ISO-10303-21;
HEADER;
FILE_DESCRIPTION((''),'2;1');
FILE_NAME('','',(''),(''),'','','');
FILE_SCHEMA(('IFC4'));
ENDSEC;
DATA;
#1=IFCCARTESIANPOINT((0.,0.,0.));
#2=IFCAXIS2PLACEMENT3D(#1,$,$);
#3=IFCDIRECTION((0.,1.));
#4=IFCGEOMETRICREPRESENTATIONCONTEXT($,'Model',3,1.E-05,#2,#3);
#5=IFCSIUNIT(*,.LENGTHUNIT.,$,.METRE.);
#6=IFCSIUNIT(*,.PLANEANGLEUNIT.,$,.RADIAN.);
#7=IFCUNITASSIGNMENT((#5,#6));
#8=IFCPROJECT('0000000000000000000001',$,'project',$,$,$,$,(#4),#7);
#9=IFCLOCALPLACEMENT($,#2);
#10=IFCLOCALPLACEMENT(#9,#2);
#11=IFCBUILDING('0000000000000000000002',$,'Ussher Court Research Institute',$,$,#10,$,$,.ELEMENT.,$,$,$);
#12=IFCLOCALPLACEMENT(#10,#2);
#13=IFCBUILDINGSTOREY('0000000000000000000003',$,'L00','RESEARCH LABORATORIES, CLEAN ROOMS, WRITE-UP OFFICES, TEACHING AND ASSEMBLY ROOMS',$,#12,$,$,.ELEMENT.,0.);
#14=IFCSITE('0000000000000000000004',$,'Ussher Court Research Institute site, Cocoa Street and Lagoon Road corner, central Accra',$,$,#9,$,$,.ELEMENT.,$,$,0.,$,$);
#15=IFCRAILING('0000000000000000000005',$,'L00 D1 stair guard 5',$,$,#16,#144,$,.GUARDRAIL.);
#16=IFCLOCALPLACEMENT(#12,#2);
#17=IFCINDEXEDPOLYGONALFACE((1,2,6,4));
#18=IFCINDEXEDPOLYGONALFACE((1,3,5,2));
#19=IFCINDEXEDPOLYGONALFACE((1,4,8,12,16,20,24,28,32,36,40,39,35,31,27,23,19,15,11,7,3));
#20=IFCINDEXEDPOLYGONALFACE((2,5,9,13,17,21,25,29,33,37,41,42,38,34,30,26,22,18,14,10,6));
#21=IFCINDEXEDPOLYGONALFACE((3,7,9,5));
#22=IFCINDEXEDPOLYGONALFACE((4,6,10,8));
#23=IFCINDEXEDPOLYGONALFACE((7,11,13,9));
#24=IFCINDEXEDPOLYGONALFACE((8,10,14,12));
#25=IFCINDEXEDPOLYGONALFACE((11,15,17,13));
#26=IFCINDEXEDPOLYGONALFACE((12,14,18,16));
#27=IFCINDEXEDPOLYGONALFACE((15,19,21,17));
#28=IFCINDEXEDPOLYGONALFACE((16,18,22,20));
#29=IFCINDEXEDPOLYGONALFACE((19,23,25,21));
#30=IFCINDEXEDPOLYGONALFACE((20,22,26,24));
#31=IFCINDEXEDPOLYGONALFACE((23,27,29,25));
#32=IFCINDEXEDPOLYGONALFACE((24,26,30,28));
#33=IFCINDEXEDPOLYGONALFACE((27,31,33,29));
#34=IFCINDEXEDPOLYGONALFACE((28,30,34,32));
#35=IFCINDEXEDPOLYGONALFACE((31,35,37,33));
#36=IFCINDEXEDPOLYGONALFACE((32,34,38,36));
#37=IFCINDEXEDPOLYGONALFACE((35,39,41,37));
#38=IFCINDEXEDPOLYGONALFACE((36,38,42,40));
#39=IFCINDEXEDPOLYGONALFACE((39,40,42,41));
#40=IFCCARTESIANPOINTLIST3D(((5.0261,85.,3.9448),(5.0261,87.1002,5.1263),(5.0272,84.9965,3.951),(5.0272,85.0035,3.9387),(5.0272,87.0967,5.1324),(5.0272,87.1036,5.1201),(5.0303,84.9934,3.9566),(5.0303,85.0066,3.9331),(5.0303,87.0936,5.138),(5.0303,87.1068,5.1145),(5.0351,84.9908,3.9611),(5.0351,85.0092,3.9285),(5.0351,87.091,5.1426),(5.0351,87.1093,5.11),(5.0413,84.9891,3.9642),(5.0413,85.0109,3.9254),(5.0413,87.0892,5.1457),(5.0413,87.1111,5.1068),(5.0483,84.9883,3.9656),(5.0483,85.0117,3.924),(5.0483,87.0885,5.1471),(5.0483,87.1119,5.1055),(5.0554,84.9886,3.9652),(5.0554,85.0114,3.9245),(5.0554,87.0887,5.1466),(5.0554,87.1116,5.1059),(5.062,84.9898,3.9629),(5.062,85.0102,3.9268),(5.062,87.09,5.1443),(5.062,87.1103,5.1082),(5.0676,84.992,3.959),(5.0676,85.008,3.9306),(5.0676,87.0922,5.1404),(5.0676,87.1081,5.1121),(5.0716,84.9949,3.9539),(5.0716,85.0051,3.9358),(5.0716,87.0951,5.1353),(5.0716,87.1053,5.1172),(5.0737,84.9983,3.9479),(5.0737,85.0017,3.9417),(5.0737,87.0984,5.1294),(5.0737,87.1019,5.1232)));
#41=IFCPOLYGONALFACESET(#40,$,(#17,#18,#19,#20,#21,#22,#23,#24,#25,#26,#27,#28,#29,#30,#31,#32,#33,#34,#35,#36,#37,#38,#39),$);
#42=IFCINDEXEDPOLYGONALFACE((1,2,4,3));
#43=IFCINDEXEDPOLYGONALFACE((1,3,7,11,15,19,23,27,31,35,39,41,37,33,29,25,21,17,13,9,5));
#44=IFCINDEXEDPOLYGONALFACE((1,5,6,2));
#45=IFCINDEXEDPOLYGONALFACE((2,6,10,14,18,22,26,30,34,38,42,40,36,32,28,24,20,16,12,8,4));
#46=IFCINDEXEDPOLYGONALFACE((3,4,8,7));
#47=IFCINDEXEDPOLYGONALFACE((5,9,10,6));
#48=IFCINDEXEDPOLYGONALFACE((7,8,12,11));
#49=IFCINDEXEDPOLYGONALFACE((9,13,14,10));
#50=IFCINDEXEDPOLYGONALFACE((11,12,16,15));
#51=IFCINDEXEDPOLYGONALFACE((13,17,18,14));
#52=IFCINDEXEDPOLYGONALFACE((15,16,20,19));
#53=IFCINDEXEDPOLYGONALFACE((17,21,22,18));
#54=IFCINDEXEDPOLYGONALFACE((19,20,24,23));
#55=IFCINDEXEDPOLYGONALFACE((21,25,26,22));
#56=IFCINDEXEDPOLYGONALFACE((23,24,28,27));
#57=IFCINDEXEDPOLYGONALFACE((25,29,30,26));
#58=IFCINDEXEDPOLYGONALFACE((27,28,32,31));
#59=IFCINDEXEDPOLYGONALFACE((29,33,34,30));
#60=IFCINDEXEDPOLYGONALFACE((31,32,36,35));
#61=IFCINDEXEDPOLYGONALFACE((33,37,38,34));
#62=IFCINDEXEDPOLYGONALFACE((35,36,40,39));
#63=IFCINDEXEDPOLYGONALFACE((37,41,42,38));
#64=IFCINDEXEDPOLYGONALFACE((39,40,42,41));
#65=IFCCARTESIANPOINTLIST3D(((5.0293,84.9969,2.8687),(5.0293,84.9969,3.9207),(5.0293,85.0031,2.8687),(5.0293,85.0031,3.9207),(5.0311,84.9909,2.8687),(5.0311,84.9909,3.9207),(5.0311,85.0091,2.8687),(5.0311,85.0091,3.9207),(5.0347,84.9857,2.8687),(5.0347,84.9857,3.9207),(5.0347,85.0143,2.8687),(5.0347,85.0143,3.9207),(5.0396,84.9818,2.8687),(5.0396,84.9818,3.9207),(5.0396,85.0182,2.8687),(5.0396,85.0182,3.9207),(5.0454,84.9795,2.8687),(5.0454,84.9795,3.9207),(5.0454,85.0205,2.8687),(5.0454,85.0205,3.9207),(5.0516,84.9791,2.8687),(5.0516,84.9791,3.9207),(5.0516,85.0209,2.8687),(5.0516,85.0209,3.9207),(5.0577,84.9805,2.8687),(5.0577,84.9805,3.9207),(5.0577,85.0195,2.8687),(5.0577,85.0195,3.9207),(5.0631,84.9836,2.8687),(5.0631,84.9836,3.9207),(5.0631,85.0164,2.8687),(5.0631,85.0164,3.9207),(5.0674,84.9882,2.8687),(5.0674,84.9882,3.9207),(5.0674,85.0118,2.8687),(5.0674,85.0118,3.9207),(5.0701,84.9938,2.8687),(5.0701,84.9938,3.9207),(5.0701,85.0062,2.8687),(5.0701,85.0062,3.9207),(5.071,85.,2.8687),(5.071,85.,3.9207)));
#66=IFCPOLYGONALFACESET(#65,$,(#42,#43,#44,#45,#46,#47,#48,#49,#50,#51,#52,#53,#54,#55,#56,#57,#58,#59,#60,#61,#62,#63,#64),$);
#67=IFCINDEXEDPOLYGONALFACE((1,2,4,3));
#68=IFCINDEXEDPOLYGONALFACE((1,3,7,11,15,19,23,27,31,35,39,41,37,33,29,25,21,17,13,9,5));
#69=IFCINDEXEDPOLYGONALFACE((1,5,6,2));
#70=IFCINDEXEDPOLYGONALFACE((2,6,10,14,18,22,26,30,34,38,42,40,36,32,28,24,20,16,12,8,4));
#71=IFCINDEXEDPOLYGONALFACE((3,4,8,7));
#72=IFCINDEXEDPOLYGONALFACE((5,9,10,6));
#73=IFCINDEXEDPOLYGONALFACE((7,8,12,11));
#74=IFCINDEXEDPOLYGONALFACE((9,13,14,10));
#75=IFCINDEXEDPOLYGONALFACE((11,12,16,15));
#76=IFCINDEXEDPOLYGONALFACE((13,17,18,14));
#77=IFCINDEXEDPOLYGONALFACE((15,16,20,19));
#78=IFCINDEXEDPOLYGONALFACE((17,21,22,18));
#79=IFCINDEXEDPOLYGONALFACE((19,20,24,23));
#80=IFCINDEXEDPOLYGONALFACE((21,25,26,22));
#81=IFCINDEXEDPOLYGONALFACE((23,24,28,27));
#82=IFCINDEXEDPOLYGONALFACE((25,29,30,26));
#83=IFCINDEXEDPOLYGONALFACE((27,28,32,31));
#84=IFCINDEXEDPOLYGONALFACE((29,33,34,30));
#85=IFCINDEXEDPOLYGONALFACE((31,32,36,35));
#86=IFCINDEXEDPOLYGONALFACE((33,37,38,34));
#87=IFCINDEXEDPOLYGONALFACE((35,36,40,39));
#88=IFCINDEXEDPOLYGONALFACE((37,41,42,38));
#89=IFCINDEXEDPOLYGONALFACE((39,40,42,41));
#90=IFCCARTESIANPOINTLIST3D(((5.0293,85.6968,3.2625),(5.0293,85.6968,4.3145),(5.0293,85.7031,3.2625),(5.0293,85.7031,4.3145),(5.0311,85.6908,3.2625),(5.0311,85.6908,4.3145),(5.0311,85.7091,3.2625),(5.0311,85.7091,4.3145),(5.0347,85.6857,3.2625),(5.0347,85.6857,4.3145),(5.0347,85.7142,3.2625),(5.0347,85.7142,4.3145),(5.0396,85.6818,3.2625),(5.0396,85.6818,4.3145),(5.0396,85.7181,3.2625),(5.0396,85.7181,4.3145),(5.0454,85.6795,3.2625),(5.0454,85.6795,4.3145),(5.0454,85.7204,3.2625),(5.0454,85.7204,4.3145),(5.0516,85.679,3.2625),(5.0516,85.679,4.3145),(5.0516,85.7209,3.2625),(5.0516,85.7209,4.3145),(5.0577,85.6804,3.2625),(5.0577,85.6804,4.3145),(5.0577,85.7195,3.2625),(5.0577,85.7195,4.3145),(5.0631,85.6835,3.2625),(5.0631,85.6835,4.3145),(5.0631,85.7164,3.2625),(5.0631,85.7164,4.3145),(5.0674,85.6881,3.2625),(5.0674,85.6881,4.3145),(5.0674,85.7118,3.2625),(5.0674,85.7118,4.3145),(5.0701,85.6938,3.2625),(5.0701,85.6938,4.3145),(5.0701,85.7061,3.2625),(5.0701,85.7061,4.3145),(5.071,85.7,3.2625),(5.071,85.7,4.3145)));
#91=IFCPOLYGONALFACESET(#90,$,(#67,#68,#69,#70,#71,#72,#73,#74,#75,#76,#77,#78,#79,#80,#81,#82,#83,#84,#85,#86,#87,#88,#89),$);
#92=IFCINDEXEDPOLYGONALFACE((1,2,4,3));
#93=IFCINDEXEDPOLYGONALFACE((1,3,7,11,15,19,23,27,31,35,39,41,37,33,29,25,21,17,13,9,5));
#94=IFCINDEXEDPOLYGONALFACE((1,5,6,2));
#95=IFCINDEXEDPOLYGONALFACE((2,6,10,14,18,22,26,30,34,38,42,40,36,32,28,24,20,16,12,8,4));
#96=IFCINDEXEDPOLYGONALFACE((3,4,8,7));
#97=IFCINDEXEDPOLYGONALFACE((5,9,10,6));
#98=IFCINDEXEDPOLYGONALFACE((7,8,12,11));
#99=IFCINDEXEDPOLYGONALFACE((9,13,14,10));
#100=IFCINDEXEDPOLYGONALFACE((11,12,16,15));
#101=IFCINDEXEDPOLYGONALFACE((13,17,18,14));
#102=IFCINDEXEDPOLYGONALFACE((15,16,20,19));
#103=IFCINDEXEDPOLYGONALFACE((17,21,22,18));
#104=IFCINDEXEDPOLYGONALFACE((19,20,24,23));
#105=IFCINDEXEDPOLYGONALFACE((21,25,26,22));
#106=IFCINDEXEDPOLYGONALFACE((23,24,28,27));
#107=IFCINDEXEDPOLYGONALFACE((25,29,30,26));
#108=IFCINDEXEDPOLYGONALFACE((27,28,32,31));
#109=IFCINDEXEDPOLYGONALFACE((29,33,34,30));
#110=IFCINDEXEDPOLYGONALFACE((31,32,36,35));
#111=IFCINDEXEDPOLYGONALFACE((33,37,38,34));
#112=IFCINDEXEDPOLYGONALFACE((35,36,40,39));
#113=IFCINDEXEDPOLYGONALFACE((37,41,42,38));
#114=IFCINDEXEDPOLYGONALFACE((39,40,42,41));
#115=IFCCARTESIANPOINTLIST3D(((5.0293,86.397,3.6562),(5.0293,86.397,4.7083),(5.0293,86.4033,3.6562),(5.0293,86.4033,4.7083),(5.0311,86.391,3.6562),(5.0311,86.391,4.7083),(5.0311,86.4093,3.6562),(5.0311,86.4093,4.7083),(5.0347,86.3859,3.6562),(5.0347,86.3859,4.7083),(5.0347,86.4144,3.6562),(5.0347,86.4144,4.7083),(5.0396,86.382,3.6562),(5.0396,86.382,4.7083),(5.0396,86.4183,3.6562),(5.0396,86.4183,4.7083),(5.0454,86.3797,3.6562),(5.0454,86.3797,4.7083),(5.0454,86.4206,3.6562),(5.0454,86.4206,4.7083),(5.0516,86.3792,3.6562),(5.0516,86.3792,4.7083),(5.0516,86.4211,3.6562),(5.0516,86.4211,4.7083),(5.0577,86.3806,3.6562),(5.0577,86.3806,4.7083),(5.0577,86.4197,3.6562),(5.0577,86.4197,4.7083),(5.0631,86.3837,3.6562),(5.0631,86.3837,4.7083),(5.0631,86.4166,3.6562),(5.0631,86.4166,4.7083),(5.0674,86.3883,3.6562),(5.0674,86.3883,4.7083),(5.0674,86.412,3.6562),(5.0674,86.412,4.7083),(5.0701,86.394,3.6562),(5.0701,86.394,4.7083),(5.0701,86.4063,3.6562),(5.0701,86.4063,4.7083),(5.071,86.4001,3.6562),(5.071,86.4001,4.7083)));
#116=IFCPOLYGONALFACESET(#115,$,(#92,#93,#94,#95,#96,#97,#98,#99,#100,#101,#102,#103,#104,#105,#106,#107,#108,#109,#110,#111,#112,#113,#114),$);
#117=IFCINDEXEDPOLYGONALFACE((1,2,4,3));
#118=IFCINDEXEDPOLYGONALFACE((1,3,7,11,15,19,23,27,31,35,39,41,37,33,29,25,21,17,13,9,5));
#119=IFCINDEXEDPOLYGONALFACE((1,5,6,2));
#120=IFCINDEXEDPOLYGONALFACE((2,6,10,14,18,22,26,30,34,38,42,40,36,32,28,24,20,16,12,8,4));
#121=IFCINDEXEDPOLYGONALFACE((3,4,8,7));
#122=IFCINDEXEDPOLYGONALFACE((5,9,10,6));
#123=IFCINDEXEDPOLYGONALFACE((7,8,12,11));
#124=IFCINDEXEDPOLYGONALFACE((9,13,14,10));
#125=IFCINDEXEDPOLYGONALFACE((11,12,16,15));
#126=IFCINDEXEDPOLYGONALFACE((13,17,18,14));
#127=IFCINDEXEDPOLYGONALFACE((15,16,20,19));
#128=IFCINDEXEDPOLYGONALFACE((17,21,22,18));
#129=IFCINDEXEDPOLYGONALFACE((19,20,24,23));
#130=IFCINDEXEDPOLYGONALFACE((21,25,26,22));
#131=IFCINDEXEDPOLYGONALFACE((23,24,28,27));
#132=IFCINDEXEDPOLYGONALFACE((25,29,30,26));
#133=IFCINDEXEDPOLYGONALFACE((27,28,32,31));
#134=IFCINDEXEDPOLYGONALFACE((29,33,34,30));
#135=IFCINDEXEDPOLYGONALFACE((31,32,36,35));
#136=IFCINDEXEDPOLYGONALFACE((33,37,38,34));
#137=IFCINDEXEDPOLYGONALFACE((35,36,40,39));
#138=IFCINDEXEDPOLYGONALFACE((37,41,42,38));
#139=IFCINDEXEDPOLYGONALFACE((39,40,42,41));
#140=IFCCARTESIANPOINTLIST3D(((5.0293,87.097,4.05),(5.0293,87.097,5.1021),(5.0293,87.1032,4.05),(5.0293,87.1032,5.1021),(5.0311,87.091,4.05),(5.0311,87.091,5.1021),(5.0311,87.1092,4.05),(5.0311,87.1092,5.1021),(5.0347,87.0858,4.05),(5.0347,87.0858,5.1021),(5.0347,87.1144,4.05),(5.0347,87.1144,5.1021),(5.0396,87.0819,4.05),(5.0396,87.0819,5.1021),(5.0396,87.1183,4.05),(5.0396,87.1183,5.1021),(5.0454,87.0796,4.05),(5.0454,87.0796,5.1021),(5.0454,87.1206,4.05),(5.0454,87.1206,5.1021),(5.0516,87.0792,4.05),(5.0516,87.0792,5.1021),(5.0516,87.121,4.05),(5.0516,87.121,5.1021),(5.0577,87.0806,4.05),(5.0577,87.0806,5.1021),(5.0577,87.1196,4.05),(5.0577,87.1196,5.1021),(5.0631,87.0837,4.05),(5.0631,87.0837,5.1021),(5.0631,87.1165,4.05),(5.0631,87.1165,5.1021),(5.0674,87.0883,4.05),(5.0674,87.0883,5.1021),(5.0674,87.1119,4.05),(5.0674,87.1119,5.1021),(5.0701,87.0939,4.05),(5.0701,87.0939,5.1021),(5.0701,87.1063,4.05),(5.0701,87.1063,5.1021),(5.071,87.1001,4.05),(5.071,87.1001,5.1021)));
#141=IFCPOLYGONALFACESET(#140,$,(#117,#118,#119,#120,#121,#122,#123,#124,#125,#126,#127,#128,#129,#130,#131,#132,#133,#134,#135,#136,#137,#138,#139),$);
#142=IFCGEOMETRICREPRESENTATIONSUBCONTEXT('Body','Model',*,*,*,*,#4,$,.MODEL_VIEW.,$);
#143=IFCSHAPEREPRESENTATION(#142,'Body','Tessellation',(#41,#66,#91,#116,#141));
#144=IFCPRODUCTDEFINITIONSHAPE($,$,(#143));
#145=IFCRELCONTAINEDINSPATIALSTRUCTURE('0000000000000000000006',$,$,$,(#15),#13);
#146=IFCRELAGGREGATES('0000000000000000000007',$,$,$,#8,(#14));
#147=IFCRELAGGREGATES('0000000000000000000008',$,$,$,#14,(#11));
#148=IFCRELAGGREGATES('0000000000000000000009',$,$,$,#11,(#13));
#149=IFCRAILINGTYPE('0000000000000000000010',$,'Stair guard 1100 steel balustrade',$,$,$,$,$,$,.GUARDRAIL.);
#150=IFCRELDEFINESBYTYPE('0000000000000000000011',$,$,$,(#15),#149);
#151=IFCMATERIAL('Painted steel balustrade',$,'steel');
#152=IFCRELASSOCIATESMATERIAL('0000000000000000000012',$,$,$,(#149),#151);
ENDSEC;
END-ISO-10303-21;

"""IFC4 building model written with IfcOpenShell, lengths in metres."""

from ifc_helpers import new_model, si_unit, direction, frame, origin, origin_2d, place, context, subcontext, project, spatial, circle, extrude, material, type_object, element, save


model = new_model("IFC4")

# Units and contexts
model_context = context("Model", 3, precision=1e-05, world=origin(), true_north=direction((0.0, 1.0)))
body_context = subcontext(model_context, "Body", "Model", "MODEL_VIEW")
ifc_project = project(units=[si_unit("LENGTHUNIT", "METRE"), si_unit("PLANEANGLEUNIT", "RADIAN")], contexts=[model_context])

# Site, building, storey
site_placement = place(None, origin())
site = spatial("IfcSite", under=ifc_project, at=site_placement, Name="Ussher Court Research Institute site, Cocoa Street and Lagoon Road corner, central Accra", CompositionType="ELEMENT", RefElevation=0.0)
building_placement = place(site_placement, origin())
building = spatial("IfcBuilding", under=site, at=building_placement, Name="Ussher Court Research Institute", CompositionType="ELEMENT")
storey_placement = place(building_placement, origin())
storey = spatial("IfcBuildingStorey", under=building, at=storey_placement, Name="L00", Description="RESEARCH LABORATORIES, CLEAN ROOMS, WRITE-UP OFFICES, TEACHING AND ASSEMBLY ROOMS", CompositionType="ELEMENT", Elevation=0.0)

# Railing
ifc_material_1 = material(Name="Painted steel balustrade", Category="steel")
railing_type = type_object("IfcRailingType", Name="Stair guard 1100 steel balustrade", PredefinedType="GUARDRAIL", material=ifc_material_1)
railing_1_placement = place(storey_placement, frame((5.05, 85.0, 2.8687)))
element("IfcRailing", 1, at=railing_1_placement, inside=storey, type_object=railing_type, Name="L00 D1 stair guard 5", PredefinedType="GUARDRAIL", context=body_context, shape_type="SweptSolid", body=[
    extrude(circle(Radius=0.0239, at=origin_2d()), frame((0.0, 0.0, 1.0762), z_axis=(0.0, 0.871559, 0.49029), x_axis=(-1.0, 0.0, 0.0)), (0.0, 0.0, 1.0), 2.4097),
    extrude(circle(Radius=0.021, at=origin_2d()), origin(), (0.0, 0.0, 1.0), 1.052),
    extrude(circle(Radius=0.021, at=origin_2d()), frame((0.0, 0.7, 0.3938)), (0.0, 0.0, 1.0), 1.052),
    extrude(circle(Radius=0.021, at=origin_2d()), frame((0.0, 1.4001, 0.7876)), (0.0, 0.0, 1.0), 1.052),
    extrude(circle(Radius=0.021, at=origin_2d()), frame((0.0, 2.1001, 1.1814)), (0.0, 0.0, 1.0), 1.052),
])

save(model, "model.ifc")
